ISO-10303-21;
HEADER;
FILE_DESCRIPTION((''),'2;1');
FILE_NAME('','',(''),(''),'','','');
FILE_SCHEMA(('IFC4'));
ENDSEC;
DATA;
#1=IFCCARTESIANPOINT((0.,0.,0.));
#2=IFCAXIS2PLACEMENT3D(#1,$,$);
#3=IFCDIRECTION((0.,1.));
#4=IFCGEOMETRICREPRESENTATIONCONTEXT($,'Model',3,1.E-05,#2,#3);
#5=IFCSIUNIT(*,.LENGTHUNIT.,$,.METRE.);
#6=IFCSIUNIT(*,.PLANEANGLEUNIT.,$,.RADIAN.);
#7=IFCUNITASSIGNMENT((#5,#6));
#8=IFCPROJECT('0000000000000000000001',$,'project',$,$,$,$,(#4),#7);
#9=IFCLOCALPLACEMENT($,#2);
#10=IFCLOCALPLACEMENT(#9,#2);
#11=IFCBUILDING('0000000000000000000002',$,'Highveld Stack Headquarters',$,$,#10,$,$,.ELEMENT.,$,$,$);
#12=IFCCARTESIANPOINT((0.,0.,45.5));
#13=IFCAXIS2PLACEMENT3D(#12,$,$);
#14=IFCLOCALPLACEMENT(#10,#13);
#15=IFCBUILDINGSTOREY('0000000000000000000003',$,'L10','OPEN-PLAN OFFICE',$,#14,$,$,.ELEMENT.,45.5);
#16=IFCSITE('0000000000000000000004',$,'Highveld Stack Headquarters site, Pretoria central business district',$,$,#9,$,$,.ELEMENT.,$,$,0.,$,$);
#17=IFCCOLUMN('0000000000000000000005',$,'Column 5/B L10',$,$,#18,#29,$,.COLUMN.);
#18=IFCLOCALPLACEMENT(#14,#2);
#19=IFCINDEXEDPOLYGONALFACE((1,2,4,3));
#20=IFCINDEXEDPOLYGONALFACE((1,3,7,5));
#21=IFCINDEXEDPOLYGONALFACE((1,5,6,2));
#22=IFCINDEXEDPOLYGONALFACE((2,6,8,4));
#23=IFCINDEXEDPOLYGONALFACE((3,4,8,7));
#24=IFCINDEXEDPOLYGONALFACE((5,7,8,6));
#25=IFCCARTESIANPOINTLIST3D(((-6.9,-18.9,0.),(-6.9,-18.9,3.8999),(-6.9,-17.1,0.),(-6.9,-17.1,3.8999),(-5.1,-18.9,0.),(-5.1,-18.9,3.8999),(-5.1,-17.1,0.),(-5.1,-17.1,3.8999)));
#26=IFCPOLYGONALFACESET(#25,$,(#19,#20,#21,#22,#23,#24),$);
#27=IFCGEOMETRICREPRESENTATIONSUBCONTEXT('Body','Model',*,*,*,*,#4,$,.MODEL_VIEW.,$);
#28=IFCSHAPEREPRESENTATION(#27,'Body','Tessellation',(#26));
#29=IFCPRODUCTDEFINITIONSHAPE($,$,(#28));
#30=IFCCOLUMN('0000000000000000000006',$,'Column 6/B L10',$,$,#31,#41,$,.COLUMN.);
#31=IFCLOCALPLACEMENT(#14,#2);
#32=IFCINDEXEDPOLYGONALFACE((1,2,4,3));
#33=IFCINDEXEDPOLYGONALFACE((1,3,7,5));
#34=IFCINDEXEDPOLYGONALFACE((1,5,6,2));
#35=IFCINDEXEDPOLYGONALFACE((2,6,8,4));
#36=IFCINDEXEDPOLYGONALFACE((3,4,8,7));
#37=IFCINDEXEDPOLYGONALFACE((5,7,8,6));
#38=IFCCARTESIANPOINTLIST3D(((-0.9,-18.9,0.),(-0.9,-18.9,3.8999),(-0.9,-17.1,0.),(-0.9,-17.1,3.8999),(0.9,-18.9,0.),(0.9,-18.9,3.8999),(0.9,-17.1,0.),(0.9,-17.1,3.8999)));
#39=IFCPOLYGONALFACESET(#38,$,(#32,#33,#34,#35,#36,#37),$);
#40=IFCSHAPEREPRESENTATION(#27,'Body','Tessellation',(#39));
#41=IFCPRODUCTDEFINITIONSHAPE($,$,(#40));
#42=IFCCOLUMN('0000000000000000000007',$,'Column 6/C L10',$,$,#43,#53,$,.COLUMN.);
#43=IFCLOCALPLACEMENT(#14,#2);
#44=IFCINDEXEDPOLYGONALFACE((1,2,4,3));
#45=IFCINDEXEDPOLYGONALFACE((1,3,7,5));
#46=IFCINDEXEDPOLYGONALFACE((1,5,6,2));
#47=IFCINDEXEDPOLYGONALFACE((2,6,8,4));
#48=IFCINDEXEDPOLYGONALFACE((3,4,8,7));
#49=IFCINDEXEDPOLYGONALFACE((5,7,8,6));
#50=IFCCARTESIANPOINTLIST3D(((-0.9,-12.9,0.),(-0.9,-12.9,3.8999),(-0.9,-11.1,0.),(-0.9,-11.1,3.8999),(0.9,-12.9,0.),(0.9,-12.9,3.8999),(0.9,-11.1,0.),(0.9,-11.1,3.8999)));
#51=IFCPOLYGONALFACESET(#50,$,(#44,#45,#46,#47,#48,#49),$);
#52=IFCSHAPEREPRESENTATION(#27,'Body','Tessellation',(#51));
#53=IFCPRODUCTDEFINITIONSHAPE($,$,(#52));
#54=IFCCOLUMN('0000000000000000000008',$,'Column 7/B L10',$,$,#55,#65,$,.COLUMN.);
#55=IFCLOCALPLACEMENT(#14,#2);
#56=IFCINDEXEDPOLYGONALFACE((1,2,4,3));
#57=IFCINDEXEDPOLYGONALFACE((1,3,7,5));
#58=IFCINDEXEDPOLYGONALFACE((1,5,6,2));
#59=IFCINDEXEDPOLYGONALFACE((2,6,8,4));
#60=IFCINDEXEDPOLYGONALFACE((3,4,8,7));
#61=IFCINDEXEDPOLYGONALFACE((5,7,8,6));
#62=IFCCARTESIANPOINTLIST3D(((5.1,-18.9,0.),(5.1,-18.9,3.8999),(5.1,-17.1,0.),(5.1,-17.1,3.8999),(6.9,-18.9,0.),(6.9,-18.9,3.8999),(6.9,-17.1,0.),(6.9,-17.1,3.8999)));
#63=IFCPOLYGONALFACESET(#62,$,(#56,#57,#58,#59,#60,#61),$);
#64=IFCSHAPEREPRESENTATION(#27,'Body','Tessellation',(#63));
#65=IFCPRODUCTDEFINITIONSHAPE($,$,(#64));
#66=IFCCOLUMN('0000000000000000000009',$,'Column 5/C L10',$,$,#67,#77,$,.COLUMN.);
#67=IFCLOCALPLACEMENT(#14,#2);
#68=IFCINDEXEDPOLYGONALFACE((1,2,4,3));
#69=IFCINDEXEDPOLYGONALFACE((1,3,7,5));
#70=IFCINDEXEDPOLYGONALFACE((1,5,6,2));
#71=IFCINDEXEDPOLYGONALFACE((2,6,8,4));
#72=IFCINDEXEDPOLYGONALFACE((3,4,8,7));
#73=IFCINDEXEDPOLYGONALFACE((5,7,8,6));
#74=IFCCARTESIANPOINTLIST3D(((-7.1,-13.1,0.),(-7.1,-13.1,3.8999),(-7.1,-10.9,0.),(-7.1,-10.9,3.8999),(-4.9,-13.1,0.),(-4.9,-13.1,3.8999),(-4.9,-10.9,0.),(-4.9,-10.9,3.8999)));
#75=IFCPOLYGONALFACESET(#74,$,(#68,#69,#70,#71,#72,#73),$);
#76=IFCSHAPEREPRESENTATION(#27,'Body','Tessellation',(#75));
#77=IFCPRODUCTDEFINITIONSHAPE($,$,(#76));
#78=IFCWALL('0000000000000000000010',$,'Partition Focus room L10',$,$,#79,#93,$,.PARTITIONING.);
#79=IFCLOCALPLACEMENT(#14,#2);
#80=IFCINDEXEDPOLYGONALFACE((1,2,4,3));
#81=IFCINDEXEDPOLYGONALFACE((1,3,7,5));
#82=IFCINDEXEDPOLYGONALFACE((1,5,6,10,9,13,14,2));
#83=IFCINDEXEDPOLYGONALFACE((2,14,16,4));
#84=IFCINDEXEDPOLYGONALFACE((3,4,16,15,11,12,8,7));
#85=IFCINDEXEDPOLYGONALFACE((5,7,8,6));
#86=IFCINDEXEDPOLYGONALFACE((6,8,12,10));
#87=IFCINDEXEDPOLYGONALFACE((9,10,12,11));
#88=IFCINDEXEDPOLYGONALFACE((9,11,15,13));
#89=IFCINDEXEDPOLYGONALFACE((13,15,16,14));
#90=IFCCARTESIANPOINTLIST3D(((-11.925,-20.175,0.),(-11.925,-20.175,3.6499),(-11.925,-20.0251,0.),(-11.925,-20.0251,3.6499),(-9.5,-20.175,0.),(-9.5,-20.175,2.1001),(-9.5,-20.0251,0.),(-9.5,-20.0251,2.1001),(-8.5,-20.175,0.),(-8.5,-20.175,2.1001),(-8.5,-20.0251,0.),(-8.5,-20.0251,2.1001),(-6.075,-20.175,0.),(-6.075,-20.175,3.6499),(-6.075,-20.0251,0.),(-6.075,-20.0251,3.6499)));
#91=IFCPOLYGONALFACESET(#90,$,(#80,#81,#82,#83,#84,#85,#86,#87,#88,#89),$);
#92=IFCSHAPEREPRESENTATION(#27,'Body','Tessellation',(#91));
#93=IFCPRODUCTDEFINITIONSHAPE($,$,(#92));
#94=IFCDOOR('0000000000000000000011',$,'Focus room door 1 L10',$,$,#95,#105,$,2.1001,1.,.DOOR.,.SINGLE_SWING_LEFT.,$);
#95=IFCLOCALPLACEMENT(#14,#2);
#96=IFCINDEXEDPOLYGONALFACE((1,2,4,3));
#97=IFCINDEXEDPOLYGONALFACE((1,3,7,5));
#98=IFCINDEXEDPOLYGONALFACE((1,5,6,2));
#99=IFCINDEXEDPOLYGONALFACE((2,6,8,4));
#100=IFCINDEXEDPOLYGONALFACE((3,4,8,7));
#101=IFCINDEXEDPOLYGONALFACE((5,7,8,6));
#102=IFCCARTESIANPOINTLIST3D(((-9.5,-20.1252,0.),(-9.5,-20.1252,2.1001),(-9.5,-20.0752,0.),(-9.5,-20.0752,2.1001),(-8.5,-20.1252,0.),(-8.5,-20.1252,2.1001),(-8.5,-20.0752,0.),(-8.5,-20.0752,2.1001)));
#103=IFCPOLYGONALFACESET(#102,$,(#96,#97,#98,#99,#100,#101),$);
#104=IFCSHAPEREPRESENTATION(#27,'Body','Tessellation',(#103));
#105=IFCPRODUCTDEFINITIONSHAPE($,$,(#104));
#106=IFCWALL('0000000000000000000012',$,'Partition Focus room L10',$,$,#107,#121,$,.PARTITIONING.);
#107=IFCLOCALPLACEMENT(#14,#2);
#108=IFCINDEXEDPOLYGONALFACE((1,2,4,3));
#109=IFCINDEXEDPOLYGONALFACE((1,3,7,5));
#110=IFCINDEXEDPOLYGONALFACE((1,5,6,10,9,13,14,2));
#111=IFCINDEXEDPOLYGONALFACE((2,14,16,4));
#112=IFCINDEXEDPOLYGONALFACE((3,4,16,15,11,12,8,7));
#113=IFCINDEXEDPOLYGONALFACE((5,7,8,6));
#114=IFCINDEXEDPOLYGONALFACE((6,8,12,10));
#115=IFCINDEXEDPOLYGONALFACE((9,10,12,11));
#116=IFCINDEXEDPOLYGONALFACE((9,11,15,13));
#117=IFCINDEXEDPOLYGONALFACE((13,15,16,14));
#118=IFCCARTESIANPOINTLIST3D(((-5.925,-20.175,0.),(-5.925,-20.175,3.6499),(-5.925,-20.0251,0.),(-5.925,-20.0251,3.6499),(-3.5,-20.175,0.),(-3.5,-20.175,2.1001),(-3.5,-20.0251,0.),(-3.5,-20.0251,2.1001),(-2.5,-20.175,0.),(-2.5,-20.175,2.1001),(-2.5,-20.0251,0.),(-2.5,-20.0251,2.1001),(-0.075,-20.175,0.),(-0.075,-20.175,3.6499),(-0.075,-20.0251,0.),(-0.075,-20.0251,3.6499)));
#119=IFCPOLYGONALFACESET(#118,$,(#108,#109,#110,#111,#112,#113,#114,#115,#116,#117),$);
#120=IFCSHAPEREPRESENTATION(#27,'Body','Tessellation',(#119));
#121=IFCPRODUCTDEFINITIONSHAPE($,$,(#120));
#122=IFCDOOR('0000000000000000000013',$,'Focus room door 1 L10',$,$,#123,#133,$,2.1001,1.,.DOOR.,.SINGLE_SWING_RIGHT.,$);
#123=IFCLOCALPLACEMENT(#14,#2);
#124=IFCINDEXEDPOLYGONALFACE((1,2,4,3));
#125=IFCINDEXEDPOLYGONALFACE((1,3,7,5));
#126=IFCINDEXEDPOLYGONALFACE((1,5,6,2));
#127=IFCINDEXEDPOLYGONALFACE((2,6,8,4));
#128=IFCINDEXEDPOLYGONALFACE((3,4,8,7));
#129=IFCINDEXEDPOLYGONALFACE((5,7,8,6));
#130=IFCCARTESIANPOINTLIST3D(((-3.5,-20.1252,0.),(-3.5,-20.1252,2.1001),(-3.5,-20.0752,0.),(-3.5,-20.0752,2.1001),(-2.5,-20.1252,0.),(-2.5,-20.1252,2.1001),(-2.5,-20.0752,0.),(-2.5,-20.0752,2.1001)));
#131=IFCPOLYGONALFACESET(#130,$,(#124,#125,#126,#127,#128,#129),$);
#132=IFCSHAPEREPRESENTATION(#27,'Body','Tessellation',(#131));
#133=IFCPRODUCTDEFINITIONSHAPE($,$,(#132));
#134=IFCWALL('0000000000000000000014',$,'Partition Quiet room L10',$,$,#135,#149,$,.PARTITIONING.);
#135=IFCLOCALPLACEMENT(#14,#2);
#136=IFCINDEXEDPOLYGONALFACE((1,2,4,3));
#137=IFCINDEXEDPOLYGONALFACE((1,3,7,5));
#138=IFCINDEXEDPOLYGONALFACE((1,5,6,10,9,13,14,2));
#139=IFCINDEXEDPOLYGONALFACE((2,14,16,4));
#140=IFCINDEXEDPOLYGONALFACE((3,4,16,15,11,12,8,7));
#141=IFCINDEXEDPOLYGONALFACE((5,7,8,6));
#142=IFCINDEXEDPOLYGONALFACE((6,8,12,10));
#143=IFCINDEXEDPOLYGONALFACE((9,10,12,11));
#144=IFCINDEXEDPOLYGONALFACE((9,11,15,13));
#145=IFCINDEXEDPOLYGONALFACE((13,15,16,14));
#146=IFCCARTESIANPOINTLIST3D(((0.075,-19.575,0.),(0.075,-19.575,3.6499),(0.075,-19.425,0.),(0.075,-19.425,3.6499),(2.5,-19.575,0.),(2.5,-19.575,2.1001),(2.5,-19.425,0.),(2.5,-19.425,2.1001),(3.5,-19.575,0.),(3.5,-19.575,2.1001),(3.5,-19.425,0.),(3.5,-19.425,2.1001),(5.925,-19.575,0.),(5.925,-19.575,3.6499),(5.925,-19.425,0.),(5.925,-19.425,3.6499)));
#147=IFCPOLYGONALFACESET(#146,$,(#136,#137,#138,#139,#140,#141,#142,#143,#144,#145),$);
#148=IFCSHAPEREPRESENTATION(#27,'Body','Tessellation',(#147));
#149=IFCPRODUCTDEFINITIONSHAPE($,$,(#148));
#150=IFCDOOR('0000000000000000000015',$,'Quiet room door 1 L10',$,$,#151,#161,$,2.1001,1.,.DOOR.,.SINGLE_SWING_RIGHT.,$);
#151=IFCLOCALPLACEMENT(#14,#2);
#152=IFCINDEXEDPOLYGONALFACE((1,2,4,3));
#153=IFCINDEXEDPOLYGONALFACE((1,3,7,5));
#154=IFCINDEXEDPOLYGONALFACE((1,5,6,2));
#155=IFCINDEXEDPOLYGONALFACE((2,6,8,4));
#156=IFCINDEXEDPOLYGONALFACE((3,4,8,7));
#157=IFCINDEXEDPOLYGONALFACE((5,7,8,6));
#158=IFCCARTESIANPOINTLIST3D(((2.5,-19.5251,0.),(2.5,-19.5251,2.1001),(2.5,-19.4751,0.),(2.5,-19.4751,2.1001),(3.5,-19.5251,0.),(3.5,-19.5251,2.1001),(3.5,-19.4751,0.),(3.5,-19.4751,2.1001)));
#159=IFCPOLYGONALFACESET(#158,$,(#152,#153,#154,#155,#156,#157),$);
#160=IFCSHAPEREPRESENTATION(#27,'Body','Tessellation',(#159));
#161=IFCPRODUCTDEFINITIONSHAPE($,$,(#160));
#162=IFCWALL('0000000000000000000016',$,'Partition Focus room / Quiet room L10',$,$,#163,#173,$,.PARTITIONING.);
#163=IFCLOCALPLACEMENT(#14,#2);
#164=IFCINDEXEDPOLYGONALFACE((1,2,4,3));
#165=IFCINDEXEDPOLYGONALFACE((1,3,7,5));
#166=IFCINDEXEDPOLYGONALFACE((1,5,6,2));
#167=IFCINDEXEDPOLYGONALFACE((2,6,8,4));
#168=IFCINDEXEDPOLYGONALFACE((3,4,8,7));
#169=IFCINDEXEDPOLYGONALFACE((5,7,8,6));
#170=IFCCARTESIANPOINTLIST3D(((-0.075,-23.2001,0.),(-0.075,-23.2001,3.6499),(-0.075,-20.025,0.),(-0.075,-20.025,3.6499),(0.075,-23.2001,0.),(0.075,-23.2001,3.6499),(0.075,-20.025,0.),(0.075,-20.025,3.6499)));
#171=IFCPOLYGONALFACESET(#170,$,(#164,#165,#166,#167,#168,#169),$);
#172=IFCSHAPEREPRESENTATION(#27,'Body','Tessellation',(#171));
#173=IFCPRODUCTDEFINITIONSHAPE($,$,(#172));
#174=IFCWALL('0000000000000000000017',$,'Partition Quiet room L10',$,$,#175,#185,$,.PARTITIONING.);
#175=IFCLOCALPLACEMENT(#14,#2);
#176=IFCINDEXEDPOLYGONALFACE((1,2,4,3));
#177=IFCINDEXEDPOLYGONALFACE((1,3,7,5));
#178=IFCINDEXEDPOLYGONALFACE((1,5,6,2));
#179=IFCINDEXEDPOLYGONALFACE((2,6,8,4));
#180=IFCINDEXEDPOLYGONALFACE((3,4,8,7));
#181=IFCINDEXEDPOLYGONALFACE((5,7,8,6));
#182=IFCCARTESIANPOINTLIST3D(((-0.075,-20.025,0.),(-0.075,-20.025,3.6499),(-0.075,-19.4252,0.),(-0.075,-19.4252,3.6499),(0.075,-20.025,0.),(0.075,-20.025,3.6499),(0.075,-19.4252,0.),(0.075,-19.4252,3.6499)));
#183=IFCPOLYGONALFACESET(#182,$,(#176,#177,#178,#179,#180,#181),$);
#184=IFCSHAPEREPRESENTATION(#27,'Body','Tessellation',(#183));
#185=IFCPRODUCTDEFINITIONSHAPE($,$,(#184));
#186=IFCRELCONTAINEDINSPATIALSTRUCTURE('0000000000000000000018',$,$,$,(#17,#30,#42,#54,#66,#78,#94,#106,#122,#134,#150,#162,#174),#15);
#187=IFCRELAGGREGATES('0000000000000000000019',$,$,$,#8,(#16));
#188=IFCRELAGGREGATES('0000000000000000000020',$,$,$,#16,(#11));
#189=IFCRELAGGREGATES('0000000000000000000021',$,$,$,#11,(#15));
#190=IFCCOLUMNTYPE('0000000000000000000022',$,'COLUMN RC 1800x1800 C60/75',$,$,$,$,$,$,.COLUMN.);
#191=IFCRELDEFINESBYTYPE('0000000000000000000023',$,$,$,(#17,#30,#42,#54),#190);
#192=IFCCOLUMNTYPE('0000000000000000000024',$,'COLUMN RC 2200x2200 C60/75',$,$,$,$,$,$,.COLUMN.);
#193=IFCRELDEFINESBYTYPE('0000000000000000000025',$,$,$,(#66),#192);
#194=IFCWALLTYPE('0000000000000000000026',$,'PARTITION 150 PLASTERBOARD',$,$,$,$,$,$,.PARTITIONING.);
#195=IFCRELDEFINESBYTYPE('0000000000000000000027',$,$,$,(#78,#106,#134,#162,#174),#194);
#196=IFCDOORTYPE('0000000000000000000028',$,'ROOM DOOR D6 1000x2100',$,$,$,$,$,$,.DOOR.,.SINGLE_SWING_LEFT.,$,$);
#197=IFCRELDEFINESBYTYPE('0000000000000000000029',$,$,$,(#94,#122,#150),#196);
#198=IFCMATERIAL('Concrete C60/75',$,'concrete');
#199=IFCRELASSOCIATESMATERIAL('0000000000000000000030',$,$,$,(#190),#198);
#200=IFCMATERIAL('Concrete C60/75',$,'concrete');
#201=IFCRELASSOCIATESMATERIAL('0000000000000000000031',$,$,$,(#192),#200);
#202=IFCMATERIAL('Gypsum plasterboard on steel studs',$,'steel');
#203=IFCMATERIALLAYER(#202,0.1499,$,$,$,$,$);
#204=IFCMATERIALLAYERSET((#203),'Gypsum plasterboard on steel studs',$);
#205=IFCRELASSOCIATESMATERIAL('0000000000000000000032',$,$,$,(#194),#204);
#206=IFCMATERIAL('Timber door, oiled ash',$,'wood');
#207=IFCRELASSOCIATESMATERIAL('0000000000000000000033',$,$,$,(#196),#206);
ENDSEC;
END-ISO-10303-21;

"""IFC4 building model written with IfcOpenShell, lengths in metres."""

from ifc_helpers import new_model, si_unit, direction, frame, frame_2d, origin, origin_2d, place, context, subcontext, project, spatial, rectangle, extrude, material, layer, layer_set, material_profile, profile_set, type_object, element, fill, save


model = new_model("IFC4")

# Units and contexts
model_context = context("Model", 3, precision=1e-05, world=origin(), true_north=direction((0.0, 1.0)))
body_context = subcontext(model_context, "Body", "Model", "MODEL_VIEW")
ifc_project = project(units=[si_unit("LENGTHUNIT", "METRE"), si_unit("PLANEANGLEUNIT", "RADIAN")], contexts=[model_context])

# Site, building, storey
site_placement = place(None, origin())
site = spatial("IfcSite", under=ifc_project, at=site_placement, Name="Highveld Stack Headquarters site, Pretoria central business district", CompositionType="ELEMENT", RefElevation=0.0)
building_placement = place(site_placement, origin())
building = spatial("IfcBuilding", under=site, at=building_placement, Name="Highveld Stack Headquarters", CompositionType="ELEMENT")
storey_placement = place(building_placement, frame((0.0, 0.0, 45.5)))
storey = spatial("IfcBuildingStorey", under=building, at=storey_placement, Name="L10", Description="OPEN-PLAN OFFICE", CompositionType="ELEMENT", Elevation=45.5)

# Columns
ifc_material_1 = material(Name="Concrete C60/75", Category="concrete")
ifc_material_profile_1 = material_profile(ifc_material_1, rectangle(XDim=1.8, YDim=1.8, at=origin_2d()), Name="RC 1800x1800")
ifc_profile_set_1 = profile_set([ifc_material_profile_1], Name="Concrete C60/75")
column_type_1 = type_object("IfcColumnType", Name="COLUMN RC 1800x1800 C60/75", PredefinedType="COLUMN", material=ifc_profile_set_1)
for number, where, z_axis, x_axis, name in (
    (1, (-6.0, -18.0, 0.0), (0.0, 0.0, 1.0), (1.0, 0.0, 0.0), "Column 5/B L10"),
    (2, (0.0, -18.0, 0.0), (0.0, 0.0, 1.0), (1.0, 0.0, 0.0), "Column 6/B L10"),
    (3, (0.0, -12.0, 0.0), (0.0, 0.0, 1.0), (1.0, 0.0, 0.0), "Column 6/C L10"),
    (4, (6.0, -18.0, 0.0), (0.0, 0.0, 1.0), (1.0, 0.0, 0.0), "Column 7/B L10"),
):
    element("IfcColumn", number, at=place(storey_placement, frame(where, z_axis=z_axis, x_axis=x_axis)), inside=storey, type_object=column_type_1, Name=name, PredefinedType="COLUMN", context=body_context, shape_type="SweptSolid", body=[
        extrude(rectangle(XDim=1.8, YDim=1.8, at=origin_2d()), origin(), (0.0, 0.0, 1.0), 3.8999),
    ])
ifc_material_2 = material(Name="Concrete C60/75", Category="concrete")
ifc_material_profile_2 = material_profile(ifc_material_2, rectangle(XDim=2.2, YDim=2.2, at=origin_2d()), Name="RC 2200x2200")
ifc_profile_set_2 = profile_set([ifc_material_profile_2], Name="Concrete C60/75")
column_type_2 = type_object("IfcColumnType", Name="COLUMN RC 2200x2200 C60/75", PredefinedType="COLUMN", material=ifc_profile_set_2)
column_placement = place(storey_placement, frame((-6.0, -12.0, 0.0), z_axis=(0.0, 0.0, 1.0), x_axis=(1.0, 0.0, 0.0)))
element("IfcColumn", 5, at=column_placement, inside=storey, type_object=column_type_2, Name="Column 5/C L10", PredefinedType="COLUMN", context=body_context, shape_type="SweptSolid", body=[
    extrude(rectangle(XDim=2.2, YDim=2.2, at=origin_2d()), origin(), (0.0, 0.0, 1.0), 3.8999),
])

# Walls, openings, doors
ifc_material_3 = material(Name="Gypsum plasterboard on steel studs", Category="steel")
ifc_layer = layer(ifc_material_3, 0.1499)
ifc_layer_set = layer_set([ifc_layer], Name="Gypsum plasterboard on steel studs")
wall_type = type_object("IfcWallType", Name="PARTITION 150 PLASTERBOARD", PredefinedType="PARTITIONING", material=ifc_layer_set)
wall_1_placement = place(storey_placement, frame((-11.925, -20.1001, 0.0), z_axis=(0.0, 0.0, 1.0), x_axis=(1.0, 0.0, 0.0)))
wall_1 = element("IfcWall", 6, at=wall_1_placement, inside=storey, type_object=wall_type, Name="Partition Focus room L10", PredefinedType="PARTITIONING", context=body_context, shape_type="SweptSolid", body=[
    extrude(rectangle(XDim=5.8501, YDim=0.1499, at=frame_2d((2.925, 0.0))), origin(), (0.0, 0.0, 1.0), 3.6499),
])
opening_1_placement = place(wall_1_placement, frame((2.425, 0.0, 0.0)))
opening_1 = element("IfcOpeningElement", 7, at=opening_1_placement, cuts=wall_1, PredefinedType="OPENING", context=body_context, shape_type="SweptSolid", body=[
    extrude(rectangle(XDim=1.0, YDim=2.1001, at=frame_2d((0.5, 1.05))), frame((0.0, 0.085, 0.0), z_axis=(0.0, -1.0, 0.0), x_axis=(1.0, 0.0, 0.0)), (0.0, 0.0, 1.0), 0.1699),
])
ifc_material_4 = material(Name="Timber door, oiled ash", Category="wood")
door_type = type_object("IfcDoorType", Name="ROOM DOOR D6 1000x2100", OperationType="SINGLE_SWING_LEFT", PredefinedType="DOOR", material=ifc_material_4)
door_1_placement = place(opening_1_placement, origin())
door_1 = element("IfcDoor", 8, at=door_1_placement, inside=storey, type_object=door_type, Name="Focus room door 1 L10", OperationType="SINGLE_SWING_LEFT", OverallHeight=2.1001, OverallWidth=1.0, PredefinedType="DOOR", context=body_context, shape_type="SweptSolid", body=[
    extrude(rectangle(XDim=1.0, YDim=2.1001, at=frame_2d((0.5, 1.05))), frame((0.0, 0.0249, 0.0), z_axis=(0.0, -1.0, 0.0), x_axis=(1.0, 0.0, 0.0)), (0.0, 0.0, 1.0), 0.05),
])
fill(opening_1, door_1)
wall_2_placement = place(storey_placement, frame((-5.925, -20.1001, 0.0), z_axis=(0.0, 0.0, 1.0), x_axis=(1.0, 0.0, 0.0)))
wall_2 = element("IfcWall", 9, at=wall_2_placement, inside=storey, type_object=wall_type, Name="Partition Focus room L10", PredefinedType="PARTITIONING", context=body_context, shape_type="SweptSolid", body=[
    extrude(rectangle(XDim=5.8501, YDim=0.1499, at=frame_2d((2.925, 0.0))), origin(), (0.0, 0.0, 1.0), 3.6499),
])
opening_2_placement = place(wall_2_placement, frame((2.425, 0.0, 0.0)))
opening_2 = element("IfcOpeningElement", 10, at=opening_2_placement, cuts=wall_2, PredefinedType="OPENING", context=body_context, shape_type="SweptSolid", body=[
    extrude(rectangle(XDim=1.0, YDim=2.1001, at=frame_2d((0.5, 1.05))), frame((0.0, 0.085, 0.0), z_axis=(0.0, -1.0, 0.0), x_axis=(1.0, 0.0, 0.0)), (0.0, 0.0, 1.0), 0.1699),
])
door_2_placement = place(opening_2_placement, origin())
door_2 = element("IfcDoor", 11, at=door_2_placement, inside=storey, type_object=door_type, Name="Focus room door 1 L10", OperationType="SINGLE_SWING_RIGHT", OverallHeight=2.1001, OverallWidth=1.0, PredefinedType="DOOR", context=body_context, shape_type="SweptSolid", body=[
    extrude(rectangle(XDim=1.0, YDim=2.1001, at=frame_2d((0.5, 1.05))), frame((0.0, 0.0249, 0.0), z_axis=(0.0, -1.0, 0.0), x_axis=(1.0, 0.0, 0.0)), (0.0, 0.0, 1.0), 0.05),
])
fill(opening_2, door_2)
wall_3_placement = place(storey_placement, frame((0.075, -19.5, 0.0), z_axis=(0.0, 0.0, 1.0), x_axis=(1.0, 0.0, 0.0)))
wall_3 = element("IfcWall", 12, at=wall_3_placement, inside=storey, type_object=wall_type, Name="Partition Quiet room L10", PredefinedType="PARTITIONING", context=body_context, shape_type="SweptSolid", body=[
    extrude(rectangle(XDim=5.8501, YDim=0.1499, at=frame_2d((2.925, 0.0))), origin(), (0.0, 0.0, 1.0), 3.6499),
])
opening_3_placement = place(wall_3_placement, frame((2.425, 0.0, 0.0)))
opening_3 = element("IfcOpeningElement", 13, at=opening_3_placement, cuts=wall_3, PredefinedType="OPENING", context=body_context, shape_type="SweptSolid", body=[
    extrude(rectangle(XDim=1.0, YDim=2.1001, at=frame_2d((0.5, 1.05))), frame((0.0, 0.085, 0.0), z_axis=(0.0, -1.0, 0.0), x_axis=(1.0, 0.0, 0.0)), (0.0, 0.0, 1.0), 0.1699),
])
door_3_placement = place(opening_3_placement, origin())
door_3 = element("IfcDoor", 14, at=door_3_placement, inside=storey, type_object=door_type, Name="Quiet room door 1 L10", OperationType="SINGLE_SWING_RIGHT", OverallHeight=2.1001, OverallWidth=1.0, PredefinedType="DOOR", context=body_context, shape_type="SweptSolid", body=[
    extrude(rectangle(XDim=1.0, YDim=2.1001, at=frame_2d((0.5, 1.05))), frame((0.0, 0.0249, 0.0), z_axis=(0.0, -1.0, 0.0), x_axis=(1.0, 0.0, 0.0)), (0.0, 0.0, 1.0), 0.05),
])
fill(opening_3, door_3)

# Walls
wall_4_placement = place(storey_placement, frame((0.0, -23.2, 0.0), z_axis=(0.0, 0.0, 1.0), x_axis=(0.0, 1.0, 0.0)))
element("IfcWall", 15, at=wall_4_placement, inside=storey, type_object=wall_type, Name="Partition Focus room / Quiet room L10", PredefinedType="PARTITIONING", context=body_context, shape_type="SweptSolid", body=[
    extrude(rectangle(XDim=3.175, YDim=0.1499, at=frame_2d((1.5874, 0.0))), origin(), (0.0, 0.0, 1.0), 3.6499),
])
wall_5_placement = place(storey_placement, frame((0.0, -20.0249, 0.0), z_axis=(0.0, 0.0, 1.0), x_axis=(0.0, 1.0, 0.0)))
element("IfcWall", 16, at=wall_5_placement, inside=storey, type_object=wall_type, Name="Partition Quiet room L10", PredefinedType="PARTITIONING", context=body_context, shape_type="SweptSolid", body=[
    extrude(rectangle(XDim=0.5999, YDim=0.1499, at=frame_2d((0.2998, 0.0))), origin(), (0.0, 0.0, 1.0), 3.6499),
])

save(model, "model.ifc")
